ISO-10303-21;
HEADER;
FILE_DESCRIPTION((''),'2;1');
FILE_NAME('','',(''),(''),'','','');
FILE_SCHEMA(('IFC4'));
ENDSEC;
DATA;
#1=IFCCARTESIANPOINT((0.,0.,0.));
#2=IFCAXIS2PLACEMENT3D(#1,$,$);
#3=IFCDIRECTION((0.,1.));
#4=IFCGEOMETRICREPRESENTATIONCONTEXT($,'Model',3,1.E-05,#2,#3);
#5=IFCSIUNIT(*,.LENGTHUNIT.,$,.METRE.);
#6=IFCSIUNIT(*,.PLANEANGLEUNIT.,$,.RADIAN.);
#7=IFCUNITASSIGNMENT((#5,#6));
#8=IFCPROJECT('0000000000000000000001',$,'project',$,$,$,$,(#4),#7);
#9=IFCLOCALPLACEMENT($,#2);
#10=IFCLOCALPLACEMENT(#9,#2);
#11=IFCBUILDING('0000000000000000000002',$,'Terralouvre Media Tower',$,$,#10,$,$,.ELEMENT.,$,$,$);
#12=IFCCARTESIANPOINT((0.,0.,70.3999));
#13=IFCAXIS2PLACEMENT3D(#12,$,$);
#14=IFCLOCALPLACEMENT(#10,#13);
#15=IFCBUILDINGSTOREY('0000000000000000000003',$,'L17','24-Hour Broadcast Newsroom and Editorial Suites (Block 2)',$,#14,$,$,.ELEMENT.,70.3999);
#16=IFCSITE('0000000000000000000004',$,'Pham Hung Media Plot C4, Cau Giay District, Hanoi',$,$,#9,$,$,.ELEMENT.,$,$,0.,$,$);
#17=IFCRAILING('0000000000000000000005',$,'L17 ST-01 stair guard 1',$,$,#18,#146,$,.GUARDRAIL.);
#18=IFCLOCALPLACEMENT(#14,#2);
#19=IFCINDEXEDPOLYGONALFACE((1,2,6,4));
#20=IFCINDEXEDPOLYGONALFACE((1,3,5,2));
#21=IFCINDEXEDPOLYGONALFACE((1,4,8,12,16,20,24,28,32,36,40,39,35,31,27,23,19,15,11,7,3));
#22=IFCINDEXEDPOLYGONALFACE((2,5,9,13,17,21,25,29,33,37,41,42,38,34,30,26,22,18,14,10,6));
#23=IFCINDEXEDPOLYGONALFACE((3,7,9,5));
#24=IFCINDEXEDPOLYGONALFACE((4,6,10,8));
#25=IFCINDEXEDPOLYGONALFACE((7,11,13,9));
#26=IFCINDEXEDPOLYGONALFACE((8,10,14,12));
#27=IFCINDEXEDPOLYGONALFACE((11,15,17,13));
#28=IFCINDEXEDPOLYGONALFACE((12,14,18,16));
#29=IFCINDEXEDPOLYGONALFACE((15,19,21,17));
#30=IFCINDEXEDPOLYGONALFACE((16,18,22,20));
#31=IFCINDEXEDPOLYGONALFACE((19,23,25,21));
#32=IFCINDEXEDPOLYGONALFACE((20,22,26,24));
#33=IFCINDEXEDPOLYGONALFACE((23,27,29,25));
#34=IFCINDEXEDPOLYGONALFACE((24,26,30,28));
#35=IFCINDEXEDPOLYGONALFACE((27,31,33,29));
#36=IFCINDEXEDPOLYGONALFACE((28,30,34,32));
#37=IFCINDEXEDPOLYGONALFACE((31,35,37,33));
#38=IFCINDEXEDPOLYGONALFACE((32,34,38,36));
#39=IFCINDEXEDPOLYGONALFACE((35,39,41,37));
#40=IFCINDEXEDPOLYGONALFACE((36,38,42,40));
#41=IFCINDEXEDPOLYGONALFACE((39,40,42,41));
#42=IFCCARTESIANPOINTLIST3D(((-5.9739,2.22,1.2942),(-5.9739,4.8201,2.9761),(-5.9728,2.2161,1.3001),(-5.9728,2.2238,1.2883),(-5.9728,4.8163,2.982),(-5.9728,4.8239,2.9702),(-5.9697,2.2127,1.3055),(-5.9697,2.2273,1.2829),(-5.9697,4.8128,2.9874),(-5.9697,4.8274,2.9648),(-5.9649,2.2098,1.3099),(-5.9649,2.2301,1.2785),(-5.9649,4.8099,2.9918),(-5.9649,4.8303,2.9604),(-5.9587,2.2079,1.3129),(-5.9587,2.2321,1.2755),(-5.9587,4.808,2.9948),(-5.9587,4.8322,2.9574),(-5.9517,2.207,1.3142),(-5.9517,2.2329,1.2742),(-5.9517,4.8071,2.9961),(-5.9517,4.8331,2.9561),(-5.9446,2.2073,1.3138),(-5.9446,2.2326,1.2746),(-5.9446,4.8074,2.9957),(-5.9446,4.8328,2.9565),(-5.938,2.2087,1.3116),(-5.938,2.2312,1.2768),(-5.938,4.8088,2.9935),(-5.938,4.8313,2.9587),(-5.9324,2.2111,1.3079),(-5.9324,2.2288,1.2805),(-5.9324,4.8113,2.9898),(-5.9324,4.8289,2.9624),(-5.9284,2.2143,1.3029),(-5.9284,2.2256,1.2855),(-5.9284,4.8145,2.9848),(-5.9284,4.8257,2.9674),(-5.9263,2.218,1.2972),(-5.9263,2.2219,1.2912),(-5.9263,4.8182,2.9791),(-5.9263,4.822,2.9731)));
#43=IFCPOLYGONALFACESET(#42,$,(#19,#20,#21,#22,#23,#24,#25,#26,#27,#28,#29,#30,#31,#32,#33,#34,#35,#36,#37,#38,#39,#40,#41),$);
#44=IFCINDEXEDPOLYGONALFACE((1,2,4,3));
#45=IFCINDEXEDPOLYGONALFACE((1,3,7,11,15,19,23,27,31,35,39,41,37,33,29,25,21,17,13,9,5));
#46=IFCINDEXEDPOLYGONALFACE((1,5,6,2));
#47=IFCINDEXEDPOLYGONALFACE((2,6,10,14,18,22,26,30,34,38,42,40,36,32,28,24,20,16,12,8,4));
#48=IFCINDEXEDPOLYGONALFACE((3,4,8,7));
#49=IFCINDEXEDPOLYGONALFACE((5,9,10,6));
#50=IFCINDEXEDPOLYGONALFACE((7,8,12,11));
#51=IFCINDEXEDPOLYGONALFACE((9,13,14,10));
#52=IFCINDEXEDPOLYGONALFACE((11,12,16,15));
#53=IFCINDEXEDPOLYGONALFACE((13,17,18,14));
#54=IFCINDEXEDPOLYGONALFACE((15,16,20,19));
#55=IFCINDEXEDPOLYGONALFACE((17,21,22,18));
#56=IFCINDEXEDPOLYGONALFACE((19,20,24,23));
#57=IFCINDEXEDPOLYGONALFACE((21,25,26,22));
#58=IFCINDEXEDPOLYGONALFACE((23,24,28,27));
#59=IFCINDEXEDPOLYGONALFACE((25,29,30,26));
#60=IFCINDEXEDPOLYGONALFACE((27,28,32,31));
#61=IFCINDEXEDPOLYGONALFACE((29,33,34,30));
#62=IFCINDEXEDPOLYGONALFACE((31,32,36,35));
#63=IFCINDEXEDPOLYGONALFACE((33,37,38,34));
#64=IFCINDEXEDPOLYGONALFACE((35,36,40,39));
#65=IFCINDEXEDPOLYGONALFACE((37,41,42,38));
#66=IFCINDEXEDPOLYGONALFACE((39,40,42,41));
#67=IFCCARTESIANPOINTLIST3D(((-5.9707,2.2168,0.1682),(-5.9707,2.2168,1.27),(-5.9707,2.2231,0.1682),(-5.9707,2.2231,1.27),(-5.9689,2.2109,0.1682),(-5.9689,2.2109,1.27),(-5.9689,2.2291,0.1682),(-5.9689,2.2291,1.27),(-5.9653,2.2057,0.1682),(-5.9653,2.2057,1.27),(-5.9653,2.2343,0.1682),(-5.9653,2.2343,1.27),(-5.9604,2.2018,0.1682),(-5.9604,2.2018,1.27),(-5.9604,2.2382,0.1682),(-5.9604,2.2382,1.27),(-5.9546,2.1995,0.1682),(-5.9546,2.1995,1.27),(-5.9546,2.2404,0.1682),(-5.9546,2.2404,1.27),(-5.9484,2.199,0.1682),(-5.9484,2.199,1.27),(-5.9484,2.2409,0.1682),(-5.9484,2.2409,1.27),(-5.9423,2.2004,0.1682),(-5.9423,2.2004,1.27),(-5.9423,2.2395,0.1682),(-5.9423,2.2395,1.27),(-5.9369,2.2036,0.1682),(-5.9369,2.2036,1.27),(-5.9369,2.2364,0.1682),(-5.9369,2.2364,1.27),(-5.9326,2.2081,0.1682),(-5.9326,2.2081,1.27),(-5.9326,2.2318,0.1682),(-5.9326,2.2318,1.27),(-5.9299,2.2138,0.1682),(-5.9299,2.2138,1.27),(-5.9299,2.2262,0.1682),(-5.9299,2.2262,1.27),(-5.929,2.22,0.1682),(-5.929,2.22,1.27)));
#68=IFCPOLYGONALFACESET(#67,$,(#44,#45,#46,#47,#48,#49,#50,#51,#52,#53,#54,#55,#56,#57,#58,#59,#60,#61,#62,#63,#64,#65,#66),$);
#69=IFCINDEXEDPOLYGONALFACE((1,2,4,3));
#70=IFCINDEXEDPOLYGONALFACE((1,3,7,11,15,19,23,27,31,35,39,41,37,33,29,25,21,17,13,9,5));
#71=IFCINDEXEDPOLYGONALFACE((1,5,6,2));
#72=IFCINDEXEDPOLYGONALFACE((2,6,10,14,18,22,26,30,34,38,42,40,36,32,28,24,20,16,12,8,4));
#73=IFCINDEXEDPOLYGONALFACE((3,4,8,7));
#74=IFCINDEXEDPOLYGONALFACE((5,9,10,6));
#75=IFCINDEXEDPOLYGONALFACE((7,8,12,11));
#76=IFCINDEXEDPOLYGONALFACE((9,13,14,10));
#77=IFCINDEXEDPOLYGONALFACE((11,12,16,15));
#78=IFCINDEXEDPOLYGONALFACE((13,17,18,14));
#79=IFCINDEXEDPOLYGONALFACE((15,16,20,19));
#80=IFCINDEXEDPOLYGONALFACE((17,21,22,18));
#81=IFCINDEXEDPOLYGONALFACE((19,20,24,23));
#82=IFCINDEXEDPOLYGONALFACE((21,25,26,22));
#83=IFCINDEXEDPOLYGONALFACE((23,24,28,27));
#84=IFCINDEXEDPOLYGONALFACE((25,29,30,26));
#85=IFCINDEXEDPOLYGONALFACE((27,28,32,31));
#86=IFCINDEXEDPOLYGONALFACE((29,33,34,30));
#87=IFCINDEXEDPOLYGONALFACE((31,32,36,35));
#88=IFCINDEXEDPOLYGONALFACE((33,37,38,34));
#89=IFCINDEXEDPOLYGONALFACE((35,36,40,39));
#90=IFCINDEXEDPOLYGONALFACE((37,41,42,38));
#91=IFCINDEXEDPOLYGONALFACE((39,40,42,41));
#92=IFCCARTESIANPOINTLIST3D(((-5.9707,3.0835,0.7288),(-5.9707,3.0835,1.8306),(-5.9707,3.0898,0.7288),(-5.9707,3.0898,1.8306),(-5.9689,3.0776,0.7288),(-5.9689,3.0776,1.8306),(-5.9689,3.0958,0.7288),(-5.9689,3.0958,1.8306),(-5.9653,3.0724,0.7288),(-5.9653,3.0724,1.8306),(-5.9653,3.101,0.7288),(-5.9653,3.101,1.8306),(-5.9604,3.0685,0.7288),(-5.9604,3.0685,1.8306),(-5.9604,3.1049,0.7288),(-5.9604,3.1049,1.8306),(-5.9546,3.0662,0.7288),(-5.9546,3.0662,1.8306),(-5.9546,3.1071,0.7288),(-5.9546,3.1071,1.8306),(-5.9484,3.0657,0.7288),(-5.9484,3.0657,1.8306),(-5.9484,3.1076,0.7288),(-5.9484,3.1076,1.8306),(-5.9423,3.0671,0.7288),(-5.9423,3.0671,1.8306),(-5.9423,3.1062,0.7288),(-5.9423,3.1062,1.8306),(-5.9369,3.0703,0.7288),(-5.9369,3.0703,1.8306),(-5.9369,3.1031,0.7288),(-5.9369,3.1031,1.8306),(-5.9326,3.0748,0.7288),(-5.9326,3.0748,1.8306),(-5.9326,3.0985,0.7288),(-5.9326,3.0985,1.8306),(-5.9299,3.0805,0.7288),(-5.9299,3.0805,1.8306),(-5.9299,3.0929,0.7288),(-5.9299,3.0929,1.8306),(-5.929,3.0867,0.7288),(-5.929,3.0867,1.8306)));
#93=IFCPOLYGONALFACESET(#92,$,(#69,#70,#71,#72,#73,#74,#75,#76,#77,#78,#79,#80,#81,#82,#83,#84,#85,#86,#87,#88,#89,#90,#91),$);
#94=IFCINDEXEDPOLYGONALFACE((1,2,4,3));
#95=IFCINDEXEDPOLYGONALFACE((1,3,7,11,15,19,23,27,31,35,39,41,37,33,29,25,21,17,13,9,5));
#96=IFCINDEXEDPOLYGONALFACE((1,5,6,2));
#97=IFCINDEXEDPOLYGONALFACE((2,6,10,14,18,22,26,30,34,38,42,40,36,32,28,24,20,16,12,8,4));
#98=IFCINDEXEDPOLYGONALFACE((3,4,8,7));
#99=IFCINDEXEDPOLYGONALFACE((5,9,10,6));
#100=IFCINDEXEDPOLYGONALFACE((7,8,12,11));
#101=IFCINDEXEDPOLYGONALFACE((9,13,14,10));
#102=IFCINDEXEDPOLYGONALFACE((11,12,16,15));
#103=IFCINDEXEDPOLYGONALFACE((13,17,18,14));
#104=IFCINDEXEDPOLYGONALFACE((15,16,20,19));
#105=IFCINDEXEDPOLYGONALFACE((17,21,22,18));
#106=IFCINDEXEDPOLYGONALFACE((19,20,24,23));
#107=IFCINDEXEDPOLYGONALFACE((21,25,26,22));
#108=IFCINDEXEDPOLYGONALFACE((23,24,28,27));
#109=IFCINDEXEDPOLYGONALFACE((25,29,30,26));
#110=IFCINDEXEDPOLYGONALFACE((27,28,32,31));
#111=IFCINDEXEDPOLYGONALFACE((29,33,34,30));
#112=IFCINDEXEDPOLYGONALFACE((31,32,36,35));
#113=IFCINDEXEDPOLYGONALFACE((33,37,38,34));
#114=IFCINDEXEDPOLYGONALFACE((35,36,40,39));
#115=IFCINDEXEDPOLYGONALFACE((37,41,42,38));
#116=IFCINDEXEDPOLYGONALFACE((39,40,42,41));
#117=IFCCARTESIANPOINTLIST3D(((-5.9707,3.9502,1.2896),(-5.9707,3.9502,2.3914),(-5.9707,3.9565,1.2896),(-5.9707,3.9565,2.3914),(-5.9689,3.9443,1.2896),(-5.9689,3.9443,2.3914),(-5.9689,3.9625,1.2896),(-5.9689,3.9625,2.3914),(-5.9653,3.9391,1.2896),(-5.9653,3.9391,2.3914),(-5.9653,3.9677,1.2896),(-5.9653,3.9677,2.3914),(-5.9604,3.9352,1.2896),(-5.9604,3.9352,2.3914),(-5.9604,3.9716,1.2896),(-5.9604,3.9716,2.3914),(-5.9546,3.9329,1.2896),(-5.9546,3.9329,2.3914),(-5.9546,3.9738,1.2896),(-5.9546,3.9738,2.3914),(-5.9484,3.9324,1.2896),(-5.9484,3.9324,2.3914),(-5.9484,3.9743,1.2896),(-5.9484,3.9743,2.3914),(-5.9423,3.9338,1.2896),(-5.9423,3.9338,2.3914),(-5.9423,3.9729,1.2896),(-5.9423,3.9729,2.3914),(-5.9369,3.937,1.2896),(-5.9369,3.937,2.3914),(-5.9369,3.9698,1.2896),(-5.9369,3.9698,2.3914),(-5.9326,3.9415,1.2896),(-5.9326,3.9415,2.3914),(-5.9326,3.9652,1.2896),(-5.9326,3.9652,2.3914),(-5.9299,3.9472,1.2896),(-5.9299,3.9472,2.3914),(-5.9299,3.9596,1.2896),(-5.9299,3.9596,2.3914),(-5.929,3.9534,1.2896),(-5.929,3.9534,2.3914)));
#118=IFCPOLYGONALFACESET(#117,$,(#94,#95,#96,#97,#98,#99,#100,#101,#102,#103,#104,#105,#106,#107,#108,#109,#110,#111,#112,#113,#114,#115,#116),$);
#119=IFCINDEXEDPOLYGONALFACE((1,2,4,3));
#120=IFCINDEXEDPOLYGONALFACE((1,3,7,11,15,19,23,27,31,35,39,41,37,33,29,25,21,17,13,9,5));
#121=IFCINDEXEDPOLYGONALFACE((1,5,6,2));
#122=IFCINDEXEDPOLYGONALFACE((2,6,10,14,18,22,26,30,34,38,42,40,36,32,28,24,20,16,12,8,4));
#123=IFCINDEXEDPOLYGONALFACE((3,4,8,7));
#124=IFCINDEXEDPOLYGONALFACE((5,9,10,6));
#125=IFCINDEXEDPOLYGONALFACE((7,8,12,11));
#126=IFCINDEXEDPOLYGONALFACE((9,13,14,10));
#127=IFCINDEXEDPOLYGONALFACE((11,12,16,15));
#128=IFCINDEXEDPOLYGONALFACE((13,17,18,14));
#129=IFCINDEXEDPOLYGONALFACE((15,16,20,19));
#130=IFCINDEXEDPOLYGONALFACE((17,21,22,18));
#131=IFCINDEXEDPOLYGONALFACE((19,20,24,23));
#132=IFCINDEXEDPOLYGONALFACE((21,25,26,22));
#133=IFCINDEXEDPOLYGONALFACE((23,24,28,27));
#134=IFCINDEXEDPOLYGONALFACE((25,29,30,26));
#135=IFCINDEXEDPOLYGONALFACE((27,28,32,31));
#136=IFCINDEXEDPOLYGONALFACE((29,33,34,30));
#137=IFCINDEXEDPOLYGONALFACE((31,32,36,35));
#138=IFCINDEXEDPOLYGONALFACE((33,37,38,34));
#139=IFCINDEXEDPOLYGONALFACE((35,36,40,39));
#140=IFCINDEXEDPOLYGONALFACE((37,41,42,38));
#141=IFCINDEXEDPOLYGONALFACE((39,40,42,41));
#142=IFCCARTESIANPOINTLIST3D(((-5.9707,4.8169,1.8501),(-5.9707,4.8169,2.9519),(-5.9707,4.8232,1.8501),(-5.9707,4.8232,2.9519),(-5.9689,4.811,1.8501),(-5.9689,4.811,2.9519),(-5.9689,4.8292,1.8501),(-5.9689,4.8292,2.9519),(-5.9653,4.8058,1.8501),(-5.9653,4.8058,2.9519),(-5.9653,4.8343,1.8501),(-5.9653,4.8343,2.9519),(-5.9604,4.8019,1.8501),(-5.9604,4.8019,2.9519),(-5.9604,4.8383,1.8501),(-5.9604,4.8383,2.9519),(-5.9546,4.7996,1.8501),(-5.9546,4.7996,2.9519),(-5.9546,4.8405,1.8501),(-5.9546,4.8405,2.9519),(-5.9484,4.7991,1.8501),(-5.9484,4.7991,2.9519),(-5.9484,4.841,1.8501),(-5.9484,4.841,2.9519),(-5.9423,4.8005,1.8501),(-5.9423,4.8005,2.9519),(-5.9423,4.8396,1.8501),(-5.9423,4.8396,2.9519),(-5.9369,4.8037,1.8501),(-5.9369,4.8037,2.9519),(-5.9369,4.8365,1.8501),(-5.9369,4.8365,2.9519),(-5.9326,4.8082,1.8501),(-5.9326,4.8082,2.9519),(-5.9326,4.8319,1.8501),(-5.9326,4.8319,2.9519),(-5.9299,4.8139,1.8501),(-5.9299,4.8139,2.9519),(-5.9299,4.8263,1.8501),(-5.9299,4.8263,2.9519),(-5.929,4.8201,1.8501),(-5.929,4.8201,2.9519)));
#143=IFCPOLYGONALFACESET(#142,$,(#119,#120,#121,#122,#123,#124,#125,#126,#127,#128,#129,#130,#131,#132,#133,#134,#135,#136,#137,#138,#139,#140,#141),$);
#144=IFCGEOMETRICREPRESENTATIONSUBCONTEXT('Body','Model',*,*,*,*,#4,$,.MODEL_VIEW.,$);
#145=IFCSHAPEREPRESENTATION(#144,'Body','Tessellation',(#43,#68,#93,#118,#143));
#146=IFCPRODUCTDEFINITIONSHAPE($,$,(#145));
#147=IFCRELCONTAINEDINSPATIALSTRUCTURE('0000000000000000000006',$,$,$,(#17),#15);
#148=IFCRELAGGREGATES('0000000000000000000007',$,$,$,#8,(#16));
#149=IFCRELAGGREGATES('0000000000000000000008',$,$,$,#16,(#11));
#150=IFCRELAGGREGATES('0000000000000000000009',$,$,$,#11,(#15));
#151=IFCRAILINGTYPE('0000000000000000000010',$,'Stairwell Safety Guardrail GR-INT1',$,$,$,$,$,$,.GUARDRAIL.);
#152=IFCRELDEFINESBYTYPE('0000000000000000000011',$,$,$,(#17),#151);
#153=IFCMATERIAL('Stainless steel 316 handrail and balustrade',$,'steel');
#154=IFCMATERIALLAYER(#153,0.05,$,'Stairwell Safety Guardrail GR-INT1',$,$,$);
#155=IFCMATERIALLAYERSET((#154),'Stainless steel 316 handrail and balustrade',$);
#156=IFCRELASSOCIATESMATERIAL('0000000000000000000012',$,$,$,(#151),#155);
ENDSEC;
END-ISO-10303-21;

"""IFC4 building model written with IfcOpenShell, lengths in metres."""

from ifc_helpers import new_model, si_unit, direction, frame, origin, origin_2d, place, context, subcontext, project, spatial, circle, extrude, material, layer, layer_set, type_object, element, save


model = new_model("IFC4")

# Units and contexts
model_context = context("Model", 3, precision=1e-05, world=origin(), true_north=direction((0.0, 1.0)))
body_context = subcontext(model_context, "Body", "Model", "MODEL_VIEW")
ifc_project = project(units=[si_unit("LENGTHUNIT", "METRE"), si_unit("PLANEANGLEUNIT", "RADIAN")], contexts=[model_context])

# Site, building, storey
site_placement = place(None, origin())
site = spatial("IfcSite", under=ifc_project, at=site_placement, Name="Pham Hung Media Plot C4, Cau Giay District, Hanoi", CompositionType="ELEMENT", RefElevation=0.0)
building_placement = place(site_placement, origin())
building = spatial("IfcBuilding", under=site, at=building_placement, Name="Terralouvre Media Tower", CompositionType="ELEMENT")
storey_placement = place(building_placement, frame((0.0, 0.0, 70.3999)))
storey = spatial("IfcBuildingStorey", under=building, at=storey_placement, Name="L17", Description="24-Hour Broadcast Newsroom and Editorial Suites (Block 2)", CompositionType="ELEMENT", Elevation=70.3999)

# Railing
ifc_material_1 = material(Name="Stainless steel 316 handrail and balustrade", Category="steel")
ifc_layer_1 = layer(ifc_material_1, 0.05, Name="Stairwell Safety Guardrail GR-INT1")
ifc_layer_set_1 = layer_set([ifc_layer_1], Name="Stainless steel 316 handrail and balustrade")
railing_type_1 = type_object("IfcRailingType", Name="Stairwell Safety Guardrail GR-INT1", PredefinedType="GUARDRAIL", material=ifc_layer_set_1)
railing_1_placement = place(storey_placement, frame((-5.95, 2.22, 0.1682)))
element("IfcRailing", 1, at=railing_1_placement, inside=storey, type_object=railing_type_1, Name="L17 ST-01 stair guard 1", PredefinedType="GUARDRAIL", context=body_context, shape_type="SweptSolid", body=[
    extrude(circle(Radius=0.0239, at=origin_2d()), frame((0.0, 0.0, 1.126), z_axis=(0.0, 0.839648, 0.54313), x_axis=(-1.0, 0.0, 0.0)), (0.0, 0.0, 1.0), 3.0967),
    extrude(circle(Radius=0.021, at=origin_2d()), origin(), (0.0, 0.0, 1.0), 1.1018),
    extrude(circle(Radius=0.021, at=origin_2d()), frame((0.0, 0.8667, 0.5605)), (0.0, 0.0, 1.0), 1.1018),
    extrude(circle(Radius=0.021, at=origin_2d()), frame((0.0, 1.7334, 1.1213)), (0.0, 0.0, 1.0), 1.1018),
    extrude(circle(Radius=0.021, at=origin_2d()), frame((0.0, 2.6001, 1.6819)), (0.0, 0.0, 1.0), 1.1018),
])

save(model, "model.ifc")
